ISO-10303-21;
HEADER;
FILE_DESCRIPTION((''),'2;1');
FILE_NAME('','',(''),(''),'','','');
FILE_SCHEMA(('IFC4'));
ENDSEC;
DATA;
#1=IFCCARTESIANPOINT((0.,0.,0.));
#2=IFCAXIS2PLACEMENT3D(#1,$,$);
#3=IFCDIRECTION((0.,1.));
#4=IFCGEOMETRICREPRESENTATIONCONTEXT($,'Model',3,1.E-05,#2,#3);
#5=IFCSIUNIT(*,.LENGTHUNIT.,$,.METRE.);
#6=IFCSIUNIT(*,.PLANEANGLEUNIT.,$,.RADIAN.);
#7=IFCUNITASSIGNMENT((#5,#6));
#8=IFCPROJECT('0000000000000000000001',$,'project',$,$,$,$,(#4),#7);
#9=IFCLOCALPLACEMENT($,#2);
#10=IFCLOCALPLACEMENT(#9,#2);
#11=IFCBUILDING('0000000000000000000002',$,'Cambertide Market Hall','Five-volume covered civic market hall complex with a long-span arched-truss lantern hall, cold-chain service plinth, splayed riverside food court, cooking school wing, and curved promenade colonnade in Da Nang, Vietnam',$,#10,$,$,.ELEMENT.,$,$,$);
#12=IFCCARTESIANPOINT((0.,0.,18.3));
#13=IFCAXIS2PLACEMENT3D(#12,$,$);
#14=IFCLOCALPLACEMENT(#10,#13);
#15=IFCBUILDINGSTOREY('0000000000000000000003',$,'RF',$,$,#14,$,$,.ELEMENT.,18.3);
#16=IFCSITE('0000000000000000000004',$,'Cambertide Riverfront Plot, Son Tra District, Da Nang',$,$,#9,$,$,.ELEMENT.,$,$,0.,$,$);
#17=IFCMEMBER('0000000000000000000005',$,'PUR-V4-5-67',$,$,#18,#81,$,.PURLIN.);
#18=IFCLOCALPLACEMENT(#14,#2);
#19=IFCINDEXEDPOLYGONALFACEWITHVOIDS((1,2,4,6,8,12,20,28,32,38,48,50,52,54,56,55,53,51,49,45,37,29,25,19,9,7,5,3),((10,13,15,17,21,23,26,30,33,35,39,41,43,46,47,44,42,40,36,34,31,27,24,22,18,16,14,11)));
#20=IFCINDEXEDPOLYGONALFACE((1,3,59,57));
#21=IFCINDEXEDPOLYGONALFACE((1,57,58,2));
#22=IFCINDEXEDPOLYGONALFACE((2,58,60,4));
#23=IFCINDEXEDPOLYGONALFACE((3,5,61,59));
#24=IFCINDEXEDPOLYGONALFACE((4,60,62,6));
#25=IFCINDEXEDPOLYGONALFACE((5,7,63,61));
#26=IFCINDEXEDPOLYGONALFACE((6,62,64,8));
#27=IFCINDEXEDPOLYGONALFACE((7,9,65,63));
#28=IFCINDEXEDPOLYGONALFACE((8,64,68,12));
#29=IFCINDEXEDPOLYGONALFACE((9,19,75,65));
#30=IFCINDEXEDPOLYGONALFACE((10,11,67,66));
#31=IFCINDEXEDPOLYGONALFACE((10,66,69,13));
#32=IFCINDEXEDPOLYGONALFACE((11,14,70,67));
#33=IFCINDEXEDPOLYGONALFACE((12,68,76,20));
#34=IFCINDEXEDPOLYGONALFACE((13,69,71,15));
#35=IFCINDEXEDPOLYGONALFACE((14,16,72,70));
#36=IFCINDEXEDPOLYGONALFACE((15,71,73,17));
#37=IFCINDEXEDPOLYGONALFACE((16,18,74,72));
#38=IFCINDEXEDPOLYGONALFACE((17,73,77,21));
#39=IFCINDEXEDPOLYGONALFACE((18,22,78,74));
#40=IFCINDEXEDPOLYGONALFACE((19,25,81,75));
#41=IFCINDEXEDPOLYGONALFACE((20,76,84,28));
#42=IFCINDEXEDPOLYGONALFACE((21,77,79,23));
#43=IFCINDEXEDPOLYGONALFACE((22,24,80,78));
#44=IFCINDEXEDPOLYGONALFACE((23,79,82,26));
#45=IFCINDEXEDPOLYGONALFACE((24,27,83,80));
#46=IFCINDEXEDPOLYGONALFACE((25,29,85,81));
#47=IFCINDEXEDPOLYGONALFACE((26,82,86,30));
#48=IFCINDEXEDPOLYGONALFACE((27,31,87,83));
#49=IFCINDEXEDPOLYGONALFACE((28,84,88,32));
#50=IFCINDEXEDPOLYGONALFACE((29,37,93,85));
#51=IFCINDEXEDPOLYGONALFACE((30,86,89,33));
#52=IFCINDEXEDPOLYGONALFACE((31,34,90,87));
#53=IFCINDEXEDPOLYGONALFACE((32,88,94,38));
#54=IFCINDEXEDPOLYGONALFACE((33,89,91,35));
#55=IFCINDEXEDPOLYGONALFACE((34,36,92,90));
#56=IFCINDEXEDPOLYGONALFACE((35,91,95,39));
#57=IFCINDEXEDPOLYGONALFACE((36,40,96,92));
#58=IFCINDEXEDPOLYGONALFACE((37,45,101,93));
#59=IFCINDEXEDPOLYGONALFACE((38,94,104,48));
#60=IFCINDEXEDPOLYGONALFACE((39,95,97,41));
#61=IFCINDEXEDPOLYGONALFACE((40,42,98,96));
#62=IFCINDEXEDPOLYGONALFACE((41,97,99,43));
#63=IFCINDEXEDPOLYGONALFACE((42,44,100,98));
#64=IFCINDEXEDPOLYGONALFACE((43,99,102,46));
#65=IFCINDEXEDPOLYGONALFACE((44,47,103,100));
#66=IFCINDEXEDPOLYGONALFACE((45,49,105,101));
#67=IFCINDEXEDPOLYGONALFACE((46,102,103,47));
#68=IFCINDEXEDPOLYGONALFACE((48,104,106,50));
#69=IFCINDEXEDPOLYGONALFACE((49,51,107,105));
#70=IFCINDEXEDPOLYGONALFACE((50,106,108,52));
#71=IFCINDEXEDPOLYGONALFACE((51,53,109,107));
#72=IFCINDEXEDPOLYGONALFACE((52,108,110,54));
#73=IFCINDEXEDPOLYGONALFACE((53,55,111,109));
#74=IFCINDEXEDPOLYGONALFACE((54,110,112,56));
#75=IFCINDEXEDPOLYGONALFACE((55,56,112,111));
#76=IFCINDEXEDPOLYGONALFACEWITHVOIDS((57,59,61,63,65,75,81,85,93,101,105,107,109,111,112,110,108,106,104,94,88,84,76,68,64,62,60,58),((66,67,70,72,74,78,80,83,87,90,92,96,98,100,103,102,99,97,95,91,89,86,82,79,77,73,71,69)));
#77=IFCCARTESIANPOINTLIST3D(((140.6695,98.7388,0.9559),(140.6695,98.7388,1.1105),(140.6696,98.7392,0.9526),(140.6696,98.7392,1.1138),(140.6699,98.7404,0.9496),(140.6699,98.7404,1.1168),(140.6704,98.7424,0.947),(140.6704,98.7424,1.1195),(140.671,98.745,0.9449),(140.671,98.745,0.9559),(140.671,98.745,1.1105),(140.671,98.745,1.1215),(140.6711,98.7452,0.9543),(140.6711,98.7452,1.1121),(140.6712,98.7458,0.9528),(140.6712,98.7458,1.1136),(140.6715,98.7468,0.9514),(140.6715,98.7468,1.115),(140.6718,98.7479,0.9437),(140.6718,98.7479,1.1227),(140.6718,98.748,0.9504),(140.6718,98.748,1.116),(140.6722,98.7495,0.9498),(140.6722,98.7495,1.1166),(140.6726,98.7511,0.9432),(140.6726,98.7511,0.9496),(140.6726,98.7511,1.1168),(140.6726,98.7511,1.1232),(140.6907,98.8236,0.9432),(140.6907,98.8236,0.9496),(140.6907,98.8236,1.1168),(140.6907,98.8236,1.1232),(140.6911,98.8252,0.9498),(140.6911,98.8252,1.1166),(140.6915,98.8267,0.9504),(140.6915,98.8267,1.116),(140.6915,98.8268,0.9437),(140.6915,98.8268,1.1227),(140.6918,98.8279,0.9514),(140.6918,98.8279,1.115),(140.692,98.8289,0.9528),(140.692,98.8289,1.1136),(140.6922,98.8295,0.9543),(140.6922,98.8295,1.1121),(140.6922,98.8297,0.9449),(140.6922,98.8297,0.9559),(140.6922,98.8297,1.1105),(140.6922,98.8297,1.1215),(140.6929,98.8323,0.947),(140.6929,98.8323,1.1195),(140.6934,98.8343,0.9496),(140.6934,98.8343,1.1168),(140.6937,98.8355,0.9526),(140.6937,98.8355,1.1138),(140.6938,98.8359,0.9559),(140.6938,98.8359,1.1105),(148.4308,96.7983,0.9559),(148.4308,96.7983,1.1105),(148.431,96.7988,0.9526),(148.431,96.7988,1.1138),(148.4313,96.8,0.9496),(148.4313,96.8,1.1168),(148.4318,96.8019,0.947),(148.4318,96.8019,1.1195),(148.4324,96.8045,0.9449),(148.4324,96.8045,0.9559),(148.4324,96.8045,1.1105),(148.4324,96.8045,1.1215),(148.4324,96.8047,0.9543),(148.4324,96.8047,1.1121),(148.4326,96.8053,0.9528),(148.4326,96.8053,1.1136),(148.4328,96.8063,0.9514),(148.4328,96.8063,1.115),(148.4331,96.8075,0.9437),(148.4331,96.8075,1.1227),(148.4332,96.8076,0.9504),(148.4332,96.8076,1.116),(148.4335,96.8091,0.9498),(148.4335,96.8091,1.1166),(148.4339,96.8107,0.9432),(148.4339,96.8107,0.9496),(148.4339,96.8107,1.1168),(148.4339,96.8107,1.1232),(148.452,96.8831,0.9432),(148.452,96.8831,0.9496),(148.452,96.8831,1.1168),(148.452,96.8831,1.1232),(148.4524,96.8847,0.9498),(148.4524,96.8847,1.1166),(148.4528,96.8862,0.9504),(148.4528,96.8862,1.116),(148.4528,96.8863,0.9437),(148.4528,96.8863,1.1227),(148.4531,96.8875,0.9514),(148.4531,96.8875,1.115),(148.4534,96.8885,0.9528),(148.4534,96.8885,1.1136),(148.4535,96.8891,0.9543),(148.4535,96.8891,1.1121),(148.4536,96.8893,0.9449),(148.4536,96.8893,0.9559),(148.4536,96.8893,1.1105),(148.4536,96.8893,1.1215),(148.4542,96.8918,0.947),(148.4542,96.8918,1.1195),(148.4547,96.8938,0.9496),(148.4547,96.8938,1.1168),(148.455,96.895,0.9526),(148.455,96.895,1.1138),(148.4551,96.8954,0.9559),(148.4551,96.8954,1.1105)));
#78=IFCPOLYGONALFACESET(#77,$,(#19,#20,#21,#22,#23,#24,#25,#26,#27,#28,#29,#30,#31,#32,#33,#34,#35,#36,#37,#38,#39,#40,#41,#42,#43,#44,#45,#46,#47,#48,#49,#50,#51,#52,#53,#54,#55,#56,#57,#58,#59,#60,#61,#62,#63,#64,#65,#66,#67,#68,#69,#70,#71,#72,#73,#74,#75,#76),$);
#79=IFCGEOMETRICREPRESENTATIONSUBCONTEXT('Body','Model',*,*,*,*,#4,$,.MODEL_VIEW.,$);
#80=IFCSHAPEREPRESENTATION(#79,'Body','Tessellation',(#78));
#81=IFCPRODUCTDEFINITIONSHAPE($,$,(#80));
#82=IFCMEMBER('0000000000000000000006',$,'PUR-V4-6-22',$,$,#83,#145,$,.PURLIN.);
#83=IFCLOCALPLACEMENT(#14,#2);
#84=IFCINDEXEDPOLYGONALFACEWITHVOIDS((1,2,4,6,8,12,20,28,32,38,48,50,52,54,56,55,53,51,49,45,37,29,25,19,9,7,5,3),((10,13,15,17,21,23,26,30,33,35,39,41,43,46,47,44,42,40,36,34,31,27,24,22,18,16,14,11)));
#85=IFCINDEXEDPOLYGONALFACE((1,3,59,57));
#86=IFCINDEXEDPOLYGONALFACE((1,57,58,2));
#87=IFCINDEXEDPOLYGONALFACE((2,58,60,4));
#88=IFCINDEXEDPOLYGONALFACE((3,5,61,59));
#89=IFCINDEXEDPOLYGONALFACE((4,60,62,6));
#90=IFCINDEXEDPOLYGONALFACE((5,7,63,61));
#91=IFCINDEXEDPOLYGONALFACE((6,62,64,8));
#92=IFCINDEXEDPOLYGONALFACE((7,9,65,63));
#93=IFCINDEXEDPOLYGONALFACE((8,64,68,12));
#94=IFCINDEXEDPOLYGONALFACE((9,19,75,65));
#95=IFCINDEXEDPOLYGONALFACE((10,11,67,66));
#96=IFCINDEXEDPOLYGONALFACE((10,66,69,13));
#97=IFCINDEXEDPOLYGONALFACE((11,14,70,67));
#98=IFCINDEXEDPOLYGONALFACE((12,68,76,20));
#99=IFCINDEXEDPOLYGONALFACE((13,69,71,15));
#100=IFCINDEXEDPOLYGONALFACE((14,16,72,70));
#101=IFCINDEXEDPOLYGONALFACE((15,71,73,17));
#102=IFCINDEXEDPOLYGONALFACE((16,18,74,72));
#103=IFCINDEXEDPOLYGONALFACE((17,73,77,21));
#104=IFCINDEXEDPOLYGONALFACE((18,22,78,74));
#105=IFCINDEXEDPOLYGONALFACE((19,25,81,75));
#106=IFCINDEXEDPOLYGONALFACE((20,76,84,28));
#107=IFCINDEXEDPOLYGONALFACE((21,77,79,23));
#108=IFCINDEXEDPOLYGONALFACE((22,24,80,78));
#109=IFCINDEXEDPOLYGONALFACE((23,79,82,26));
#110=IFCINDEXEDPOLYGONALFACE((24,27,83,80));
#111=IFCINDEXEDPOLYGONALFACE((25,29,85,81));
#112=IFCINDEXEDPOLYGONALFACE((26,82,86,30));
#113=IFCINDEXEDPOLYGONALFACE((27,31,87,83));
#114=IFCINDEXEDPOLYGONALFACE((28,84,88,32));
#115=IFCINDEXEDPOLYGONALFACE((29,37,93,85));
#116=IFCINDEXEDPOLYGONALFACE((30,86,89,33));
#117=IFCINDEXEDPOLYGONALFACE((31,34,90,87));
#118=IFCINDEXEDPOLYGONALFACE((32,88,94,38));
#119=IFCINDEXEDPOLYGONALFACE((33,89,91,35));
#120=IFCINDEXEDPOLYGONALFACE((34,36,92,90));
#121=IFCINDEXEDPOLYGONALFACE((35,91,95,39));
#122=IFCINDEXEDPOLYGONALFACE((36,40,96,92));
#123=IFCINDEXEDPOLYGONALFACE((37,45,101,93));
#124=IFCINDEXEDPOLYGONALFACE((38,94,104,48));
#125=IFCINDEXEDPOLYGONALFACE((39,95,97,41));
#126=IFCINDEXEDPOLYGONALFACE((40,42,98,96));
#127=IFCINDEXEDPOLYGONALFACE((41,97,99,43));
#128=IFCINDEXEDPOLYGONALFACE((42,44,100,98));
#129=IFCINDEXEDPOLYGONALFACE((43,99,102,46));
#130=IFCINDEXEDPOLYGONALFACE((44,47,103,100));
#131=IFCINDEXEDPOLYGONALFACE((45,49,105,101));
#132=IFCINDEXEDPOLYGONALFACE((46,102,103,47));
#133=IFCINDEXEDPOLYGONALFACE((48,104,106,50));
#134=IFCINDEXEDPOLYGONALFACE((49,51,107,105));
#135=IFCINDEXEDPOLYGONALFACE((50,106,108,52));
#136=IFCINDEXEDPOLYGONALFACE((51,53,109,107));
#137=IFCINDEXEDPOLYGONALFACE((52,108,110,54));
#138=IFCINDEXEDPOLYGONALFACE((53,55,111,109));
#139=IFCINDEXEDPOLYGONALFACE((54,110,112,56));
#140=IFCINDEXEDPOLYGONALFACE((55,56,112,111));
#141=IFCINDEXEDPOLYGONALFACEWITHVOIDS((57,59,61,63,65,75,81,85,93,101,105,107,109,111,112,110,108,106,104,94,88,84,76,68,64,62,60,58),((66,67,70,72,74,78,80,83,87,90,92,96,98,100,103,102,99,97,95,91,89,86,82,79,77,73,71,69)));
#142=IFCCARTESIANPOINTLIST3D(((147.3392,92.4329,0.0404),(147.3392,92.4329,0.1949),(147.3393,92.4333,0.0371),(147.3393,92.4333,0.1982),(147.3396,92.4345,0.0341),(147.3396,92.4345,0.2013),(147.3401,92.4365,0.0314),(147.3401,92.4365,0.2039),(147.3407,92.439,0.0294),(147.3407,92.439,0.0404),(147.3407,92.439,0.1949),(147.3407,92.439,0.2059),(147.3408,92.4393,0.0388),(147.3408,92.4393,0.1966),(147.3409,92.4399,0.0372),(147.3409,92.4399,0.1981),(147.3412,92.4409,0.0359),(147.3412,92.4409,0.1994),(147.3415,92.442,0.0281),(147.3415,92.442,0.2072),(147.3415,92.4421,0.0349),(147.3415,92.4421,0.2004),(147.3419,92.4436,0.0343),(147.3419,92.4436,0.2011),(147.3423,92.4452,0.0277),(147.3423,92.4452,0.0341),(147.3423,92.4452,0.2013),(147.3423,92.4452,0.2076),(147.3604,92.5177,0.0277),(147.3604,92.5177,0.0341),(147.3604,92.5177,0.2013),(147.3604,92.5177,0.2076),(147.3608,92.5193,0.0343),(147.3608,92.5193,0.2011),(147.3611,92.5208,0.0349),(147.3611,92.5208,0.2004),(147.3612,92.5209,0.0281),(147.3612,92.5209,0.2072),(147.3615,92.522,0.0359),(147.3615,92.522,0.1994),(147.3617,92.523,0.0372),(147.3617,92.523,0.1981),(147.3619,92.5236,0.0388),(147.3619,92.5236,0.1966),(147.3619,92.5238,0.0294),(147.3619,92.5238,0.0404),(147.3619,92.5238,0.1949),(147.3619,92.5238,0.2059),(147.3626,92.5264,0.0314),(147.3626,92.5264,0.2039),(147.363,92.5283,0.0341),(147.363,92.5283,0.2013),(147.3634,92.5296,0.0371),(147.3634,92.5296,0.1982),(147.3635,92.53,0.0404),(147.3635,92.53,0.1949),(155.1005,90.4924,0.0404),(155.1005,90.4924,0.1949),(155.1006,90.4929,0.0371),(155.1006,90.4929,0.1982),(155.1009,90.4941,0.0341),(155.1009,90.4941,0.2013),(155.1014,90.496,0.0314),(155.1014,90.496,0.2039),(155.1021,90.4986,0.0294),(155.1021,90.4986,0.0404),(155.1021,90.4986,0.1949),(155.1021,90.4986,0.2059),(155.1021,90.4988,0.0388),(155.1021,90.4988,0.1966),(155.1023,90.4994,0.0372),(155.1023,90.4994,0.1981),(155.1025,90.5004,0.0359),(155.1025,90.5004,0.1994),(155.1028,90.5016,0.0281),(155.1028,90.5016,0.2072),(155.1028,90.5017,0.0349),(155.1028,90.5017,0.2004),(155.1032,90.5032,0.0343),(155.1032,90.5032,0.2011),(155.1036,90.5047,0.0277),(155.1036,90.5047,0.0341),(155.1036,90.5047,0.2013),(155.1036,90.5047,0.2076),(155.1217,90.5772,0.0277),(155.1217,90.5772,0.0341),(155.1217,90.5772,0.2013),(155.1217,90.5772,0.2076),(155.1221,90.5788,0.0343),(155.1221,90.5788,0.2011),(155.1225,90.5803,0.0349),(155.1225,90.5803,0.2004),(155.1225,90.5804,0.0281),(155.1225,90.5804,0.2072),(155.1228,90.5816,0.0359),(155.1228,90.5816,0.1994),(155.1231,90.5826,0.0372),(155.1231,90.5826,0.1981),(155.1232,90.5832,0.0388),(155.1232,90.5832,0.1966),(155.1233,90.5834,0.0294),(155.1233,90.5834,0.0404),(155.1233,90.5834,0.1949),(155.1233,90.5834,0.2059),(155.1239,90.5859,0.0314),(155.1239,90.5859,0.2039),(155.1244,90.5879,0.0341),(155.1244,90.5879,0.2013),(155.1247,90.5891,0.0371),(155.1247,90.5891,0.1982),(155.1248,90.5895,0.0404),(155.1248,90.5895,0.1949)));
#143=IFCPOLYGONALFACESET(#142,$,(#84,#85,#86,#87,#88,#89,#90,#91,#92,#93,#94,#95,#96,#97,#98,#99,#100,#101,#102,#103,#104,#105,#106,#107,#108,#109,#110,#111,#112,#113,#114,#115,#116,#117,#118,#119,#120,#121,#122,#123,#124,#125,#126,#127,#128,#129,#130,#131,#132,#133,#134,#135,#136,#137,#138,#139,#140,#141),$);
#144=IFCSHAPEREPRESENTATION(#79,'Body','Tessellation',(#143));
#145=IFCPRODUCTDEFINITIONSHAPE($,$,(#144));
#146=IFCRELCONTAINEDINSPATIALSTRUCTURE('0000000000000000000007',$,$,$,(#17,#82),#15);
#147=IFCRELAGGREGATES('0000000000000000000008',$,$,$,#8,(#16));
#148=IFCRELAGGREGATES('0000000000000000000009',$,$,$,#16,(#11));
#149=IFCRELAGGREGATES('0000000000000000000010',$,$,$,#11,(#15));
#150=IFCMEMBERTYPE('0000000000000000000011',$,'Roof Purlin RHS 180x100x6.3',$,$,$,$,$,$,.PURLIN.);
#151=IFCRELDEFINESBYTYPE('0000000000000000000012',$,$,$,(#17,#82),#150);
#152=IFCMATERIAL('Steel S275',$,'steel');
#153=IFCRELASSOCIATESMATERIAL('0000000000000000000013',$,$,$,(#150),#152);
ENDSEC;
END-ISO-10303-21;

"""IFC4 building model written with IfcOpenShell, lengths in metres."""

from ifc_helpers import new_model, si_unit, direction, frame, origin, origin_2d, place, context, subcontext, project, spatial, hollow_rectangle, extrude, material, material_profile, profile_set, type_object, element, save


model = new_model("IFC4")

# Units and contexts
model_context = context("Model", 3, precision=1e-05, world=origin(), true_north=direction((0.0, 1.0)))
body_context = subcontext(model_context, "Body", "Model", "MODEL_VIEW")
ifc_project = project(units=[si_unit("LENGTHUNIT", "METRE"), si_unit("PLANEANGLEUNIT", "RADIAN")], contexts=[model_context])

# Site, building, storey
site_placement = place(None, origin())
site = spatial("IfcSite", under=ifc_project, at=site_placement, Name="Cambertide Riverfront Plot, Son Tra District, Da Nang", CompositionType="ELEMENT", RefElevation=0.0)
building_placement = place(site_placement, origin())
building = spatial("IfcBuilding", under=site, at=building_placement, Name="Cambertide Market Hall", Description="Five-volume covered civic market hall complex with a long-span arched-truss lantern hall, cold-chain service plinth, splayed riverside food court, cooking school wing, and curved promenade colonnade in Da Nang, Vietnam", CompositionType="ELEMENT")
storey_placement = place(building_placement, frame((0.0, 0.0, 18.3)))
storey = spatial("IfcBuildingStorey", under=building, at=storey_placement, Name="RF", CompositionType="ELEMENT", Elevation=18.3)

# Members
ifc_material_1 = material(Name="Steel S275", Category="steel")
ifc_material_profile_1 = material_profile(ifc_material_1, hollow_rectangle(XDim=0.1001, YDim=0.1799, WallThickness=0.0063, InnerFilletRadius=0.0063, OuterFilletRadius=0.0127, at=origin_2d()), Name="RHS 180x100x6.3")
ifc_profile_set_1 = profile_set([ifc_material_profile_1], Name="Steel S275")
member_type_1 = type_object("IfcMemberType", Name="Roof Purlin RHS 180x100x6.3", PredefinedType="PURLIN", material=ifc_profile_set_1)
for number, where, z_axis, x_axis, name in (
    (1, (140.6816, 98.7874, 1.0332), (0.970139, -0.24255, 0.0), (0.24255, 0.970139, 0.0), "PUR-V4-5-67"),
    (2, (147.3513, 92.4814, 0.1177), (0.970139, -0.24255, 0.0), (0.24255, 0.970139, 0.0), "PUR-V4-6-22"),
):
    element("IfcMember", number, at=place(storey_placement, frame(where, z_axis=z_axis, x_axis=x_axis)), inside=storey, type_object=member_type_1, Name=name, PredefinedType="PURLIN", context=body_context, shape_type="SweptSolid", body=[
        extrude(hollow_rectangle(XDim=0.1001, YDim=0.1799, WallThickness=0.0063, InnerFilletRadius=0.0063, OuterFilletRadius=0.0127, at=origin_2d()), origin(), (0.0, 0.0, 1.0), 8.0002),
    ])

save(model, "model.ifc")
